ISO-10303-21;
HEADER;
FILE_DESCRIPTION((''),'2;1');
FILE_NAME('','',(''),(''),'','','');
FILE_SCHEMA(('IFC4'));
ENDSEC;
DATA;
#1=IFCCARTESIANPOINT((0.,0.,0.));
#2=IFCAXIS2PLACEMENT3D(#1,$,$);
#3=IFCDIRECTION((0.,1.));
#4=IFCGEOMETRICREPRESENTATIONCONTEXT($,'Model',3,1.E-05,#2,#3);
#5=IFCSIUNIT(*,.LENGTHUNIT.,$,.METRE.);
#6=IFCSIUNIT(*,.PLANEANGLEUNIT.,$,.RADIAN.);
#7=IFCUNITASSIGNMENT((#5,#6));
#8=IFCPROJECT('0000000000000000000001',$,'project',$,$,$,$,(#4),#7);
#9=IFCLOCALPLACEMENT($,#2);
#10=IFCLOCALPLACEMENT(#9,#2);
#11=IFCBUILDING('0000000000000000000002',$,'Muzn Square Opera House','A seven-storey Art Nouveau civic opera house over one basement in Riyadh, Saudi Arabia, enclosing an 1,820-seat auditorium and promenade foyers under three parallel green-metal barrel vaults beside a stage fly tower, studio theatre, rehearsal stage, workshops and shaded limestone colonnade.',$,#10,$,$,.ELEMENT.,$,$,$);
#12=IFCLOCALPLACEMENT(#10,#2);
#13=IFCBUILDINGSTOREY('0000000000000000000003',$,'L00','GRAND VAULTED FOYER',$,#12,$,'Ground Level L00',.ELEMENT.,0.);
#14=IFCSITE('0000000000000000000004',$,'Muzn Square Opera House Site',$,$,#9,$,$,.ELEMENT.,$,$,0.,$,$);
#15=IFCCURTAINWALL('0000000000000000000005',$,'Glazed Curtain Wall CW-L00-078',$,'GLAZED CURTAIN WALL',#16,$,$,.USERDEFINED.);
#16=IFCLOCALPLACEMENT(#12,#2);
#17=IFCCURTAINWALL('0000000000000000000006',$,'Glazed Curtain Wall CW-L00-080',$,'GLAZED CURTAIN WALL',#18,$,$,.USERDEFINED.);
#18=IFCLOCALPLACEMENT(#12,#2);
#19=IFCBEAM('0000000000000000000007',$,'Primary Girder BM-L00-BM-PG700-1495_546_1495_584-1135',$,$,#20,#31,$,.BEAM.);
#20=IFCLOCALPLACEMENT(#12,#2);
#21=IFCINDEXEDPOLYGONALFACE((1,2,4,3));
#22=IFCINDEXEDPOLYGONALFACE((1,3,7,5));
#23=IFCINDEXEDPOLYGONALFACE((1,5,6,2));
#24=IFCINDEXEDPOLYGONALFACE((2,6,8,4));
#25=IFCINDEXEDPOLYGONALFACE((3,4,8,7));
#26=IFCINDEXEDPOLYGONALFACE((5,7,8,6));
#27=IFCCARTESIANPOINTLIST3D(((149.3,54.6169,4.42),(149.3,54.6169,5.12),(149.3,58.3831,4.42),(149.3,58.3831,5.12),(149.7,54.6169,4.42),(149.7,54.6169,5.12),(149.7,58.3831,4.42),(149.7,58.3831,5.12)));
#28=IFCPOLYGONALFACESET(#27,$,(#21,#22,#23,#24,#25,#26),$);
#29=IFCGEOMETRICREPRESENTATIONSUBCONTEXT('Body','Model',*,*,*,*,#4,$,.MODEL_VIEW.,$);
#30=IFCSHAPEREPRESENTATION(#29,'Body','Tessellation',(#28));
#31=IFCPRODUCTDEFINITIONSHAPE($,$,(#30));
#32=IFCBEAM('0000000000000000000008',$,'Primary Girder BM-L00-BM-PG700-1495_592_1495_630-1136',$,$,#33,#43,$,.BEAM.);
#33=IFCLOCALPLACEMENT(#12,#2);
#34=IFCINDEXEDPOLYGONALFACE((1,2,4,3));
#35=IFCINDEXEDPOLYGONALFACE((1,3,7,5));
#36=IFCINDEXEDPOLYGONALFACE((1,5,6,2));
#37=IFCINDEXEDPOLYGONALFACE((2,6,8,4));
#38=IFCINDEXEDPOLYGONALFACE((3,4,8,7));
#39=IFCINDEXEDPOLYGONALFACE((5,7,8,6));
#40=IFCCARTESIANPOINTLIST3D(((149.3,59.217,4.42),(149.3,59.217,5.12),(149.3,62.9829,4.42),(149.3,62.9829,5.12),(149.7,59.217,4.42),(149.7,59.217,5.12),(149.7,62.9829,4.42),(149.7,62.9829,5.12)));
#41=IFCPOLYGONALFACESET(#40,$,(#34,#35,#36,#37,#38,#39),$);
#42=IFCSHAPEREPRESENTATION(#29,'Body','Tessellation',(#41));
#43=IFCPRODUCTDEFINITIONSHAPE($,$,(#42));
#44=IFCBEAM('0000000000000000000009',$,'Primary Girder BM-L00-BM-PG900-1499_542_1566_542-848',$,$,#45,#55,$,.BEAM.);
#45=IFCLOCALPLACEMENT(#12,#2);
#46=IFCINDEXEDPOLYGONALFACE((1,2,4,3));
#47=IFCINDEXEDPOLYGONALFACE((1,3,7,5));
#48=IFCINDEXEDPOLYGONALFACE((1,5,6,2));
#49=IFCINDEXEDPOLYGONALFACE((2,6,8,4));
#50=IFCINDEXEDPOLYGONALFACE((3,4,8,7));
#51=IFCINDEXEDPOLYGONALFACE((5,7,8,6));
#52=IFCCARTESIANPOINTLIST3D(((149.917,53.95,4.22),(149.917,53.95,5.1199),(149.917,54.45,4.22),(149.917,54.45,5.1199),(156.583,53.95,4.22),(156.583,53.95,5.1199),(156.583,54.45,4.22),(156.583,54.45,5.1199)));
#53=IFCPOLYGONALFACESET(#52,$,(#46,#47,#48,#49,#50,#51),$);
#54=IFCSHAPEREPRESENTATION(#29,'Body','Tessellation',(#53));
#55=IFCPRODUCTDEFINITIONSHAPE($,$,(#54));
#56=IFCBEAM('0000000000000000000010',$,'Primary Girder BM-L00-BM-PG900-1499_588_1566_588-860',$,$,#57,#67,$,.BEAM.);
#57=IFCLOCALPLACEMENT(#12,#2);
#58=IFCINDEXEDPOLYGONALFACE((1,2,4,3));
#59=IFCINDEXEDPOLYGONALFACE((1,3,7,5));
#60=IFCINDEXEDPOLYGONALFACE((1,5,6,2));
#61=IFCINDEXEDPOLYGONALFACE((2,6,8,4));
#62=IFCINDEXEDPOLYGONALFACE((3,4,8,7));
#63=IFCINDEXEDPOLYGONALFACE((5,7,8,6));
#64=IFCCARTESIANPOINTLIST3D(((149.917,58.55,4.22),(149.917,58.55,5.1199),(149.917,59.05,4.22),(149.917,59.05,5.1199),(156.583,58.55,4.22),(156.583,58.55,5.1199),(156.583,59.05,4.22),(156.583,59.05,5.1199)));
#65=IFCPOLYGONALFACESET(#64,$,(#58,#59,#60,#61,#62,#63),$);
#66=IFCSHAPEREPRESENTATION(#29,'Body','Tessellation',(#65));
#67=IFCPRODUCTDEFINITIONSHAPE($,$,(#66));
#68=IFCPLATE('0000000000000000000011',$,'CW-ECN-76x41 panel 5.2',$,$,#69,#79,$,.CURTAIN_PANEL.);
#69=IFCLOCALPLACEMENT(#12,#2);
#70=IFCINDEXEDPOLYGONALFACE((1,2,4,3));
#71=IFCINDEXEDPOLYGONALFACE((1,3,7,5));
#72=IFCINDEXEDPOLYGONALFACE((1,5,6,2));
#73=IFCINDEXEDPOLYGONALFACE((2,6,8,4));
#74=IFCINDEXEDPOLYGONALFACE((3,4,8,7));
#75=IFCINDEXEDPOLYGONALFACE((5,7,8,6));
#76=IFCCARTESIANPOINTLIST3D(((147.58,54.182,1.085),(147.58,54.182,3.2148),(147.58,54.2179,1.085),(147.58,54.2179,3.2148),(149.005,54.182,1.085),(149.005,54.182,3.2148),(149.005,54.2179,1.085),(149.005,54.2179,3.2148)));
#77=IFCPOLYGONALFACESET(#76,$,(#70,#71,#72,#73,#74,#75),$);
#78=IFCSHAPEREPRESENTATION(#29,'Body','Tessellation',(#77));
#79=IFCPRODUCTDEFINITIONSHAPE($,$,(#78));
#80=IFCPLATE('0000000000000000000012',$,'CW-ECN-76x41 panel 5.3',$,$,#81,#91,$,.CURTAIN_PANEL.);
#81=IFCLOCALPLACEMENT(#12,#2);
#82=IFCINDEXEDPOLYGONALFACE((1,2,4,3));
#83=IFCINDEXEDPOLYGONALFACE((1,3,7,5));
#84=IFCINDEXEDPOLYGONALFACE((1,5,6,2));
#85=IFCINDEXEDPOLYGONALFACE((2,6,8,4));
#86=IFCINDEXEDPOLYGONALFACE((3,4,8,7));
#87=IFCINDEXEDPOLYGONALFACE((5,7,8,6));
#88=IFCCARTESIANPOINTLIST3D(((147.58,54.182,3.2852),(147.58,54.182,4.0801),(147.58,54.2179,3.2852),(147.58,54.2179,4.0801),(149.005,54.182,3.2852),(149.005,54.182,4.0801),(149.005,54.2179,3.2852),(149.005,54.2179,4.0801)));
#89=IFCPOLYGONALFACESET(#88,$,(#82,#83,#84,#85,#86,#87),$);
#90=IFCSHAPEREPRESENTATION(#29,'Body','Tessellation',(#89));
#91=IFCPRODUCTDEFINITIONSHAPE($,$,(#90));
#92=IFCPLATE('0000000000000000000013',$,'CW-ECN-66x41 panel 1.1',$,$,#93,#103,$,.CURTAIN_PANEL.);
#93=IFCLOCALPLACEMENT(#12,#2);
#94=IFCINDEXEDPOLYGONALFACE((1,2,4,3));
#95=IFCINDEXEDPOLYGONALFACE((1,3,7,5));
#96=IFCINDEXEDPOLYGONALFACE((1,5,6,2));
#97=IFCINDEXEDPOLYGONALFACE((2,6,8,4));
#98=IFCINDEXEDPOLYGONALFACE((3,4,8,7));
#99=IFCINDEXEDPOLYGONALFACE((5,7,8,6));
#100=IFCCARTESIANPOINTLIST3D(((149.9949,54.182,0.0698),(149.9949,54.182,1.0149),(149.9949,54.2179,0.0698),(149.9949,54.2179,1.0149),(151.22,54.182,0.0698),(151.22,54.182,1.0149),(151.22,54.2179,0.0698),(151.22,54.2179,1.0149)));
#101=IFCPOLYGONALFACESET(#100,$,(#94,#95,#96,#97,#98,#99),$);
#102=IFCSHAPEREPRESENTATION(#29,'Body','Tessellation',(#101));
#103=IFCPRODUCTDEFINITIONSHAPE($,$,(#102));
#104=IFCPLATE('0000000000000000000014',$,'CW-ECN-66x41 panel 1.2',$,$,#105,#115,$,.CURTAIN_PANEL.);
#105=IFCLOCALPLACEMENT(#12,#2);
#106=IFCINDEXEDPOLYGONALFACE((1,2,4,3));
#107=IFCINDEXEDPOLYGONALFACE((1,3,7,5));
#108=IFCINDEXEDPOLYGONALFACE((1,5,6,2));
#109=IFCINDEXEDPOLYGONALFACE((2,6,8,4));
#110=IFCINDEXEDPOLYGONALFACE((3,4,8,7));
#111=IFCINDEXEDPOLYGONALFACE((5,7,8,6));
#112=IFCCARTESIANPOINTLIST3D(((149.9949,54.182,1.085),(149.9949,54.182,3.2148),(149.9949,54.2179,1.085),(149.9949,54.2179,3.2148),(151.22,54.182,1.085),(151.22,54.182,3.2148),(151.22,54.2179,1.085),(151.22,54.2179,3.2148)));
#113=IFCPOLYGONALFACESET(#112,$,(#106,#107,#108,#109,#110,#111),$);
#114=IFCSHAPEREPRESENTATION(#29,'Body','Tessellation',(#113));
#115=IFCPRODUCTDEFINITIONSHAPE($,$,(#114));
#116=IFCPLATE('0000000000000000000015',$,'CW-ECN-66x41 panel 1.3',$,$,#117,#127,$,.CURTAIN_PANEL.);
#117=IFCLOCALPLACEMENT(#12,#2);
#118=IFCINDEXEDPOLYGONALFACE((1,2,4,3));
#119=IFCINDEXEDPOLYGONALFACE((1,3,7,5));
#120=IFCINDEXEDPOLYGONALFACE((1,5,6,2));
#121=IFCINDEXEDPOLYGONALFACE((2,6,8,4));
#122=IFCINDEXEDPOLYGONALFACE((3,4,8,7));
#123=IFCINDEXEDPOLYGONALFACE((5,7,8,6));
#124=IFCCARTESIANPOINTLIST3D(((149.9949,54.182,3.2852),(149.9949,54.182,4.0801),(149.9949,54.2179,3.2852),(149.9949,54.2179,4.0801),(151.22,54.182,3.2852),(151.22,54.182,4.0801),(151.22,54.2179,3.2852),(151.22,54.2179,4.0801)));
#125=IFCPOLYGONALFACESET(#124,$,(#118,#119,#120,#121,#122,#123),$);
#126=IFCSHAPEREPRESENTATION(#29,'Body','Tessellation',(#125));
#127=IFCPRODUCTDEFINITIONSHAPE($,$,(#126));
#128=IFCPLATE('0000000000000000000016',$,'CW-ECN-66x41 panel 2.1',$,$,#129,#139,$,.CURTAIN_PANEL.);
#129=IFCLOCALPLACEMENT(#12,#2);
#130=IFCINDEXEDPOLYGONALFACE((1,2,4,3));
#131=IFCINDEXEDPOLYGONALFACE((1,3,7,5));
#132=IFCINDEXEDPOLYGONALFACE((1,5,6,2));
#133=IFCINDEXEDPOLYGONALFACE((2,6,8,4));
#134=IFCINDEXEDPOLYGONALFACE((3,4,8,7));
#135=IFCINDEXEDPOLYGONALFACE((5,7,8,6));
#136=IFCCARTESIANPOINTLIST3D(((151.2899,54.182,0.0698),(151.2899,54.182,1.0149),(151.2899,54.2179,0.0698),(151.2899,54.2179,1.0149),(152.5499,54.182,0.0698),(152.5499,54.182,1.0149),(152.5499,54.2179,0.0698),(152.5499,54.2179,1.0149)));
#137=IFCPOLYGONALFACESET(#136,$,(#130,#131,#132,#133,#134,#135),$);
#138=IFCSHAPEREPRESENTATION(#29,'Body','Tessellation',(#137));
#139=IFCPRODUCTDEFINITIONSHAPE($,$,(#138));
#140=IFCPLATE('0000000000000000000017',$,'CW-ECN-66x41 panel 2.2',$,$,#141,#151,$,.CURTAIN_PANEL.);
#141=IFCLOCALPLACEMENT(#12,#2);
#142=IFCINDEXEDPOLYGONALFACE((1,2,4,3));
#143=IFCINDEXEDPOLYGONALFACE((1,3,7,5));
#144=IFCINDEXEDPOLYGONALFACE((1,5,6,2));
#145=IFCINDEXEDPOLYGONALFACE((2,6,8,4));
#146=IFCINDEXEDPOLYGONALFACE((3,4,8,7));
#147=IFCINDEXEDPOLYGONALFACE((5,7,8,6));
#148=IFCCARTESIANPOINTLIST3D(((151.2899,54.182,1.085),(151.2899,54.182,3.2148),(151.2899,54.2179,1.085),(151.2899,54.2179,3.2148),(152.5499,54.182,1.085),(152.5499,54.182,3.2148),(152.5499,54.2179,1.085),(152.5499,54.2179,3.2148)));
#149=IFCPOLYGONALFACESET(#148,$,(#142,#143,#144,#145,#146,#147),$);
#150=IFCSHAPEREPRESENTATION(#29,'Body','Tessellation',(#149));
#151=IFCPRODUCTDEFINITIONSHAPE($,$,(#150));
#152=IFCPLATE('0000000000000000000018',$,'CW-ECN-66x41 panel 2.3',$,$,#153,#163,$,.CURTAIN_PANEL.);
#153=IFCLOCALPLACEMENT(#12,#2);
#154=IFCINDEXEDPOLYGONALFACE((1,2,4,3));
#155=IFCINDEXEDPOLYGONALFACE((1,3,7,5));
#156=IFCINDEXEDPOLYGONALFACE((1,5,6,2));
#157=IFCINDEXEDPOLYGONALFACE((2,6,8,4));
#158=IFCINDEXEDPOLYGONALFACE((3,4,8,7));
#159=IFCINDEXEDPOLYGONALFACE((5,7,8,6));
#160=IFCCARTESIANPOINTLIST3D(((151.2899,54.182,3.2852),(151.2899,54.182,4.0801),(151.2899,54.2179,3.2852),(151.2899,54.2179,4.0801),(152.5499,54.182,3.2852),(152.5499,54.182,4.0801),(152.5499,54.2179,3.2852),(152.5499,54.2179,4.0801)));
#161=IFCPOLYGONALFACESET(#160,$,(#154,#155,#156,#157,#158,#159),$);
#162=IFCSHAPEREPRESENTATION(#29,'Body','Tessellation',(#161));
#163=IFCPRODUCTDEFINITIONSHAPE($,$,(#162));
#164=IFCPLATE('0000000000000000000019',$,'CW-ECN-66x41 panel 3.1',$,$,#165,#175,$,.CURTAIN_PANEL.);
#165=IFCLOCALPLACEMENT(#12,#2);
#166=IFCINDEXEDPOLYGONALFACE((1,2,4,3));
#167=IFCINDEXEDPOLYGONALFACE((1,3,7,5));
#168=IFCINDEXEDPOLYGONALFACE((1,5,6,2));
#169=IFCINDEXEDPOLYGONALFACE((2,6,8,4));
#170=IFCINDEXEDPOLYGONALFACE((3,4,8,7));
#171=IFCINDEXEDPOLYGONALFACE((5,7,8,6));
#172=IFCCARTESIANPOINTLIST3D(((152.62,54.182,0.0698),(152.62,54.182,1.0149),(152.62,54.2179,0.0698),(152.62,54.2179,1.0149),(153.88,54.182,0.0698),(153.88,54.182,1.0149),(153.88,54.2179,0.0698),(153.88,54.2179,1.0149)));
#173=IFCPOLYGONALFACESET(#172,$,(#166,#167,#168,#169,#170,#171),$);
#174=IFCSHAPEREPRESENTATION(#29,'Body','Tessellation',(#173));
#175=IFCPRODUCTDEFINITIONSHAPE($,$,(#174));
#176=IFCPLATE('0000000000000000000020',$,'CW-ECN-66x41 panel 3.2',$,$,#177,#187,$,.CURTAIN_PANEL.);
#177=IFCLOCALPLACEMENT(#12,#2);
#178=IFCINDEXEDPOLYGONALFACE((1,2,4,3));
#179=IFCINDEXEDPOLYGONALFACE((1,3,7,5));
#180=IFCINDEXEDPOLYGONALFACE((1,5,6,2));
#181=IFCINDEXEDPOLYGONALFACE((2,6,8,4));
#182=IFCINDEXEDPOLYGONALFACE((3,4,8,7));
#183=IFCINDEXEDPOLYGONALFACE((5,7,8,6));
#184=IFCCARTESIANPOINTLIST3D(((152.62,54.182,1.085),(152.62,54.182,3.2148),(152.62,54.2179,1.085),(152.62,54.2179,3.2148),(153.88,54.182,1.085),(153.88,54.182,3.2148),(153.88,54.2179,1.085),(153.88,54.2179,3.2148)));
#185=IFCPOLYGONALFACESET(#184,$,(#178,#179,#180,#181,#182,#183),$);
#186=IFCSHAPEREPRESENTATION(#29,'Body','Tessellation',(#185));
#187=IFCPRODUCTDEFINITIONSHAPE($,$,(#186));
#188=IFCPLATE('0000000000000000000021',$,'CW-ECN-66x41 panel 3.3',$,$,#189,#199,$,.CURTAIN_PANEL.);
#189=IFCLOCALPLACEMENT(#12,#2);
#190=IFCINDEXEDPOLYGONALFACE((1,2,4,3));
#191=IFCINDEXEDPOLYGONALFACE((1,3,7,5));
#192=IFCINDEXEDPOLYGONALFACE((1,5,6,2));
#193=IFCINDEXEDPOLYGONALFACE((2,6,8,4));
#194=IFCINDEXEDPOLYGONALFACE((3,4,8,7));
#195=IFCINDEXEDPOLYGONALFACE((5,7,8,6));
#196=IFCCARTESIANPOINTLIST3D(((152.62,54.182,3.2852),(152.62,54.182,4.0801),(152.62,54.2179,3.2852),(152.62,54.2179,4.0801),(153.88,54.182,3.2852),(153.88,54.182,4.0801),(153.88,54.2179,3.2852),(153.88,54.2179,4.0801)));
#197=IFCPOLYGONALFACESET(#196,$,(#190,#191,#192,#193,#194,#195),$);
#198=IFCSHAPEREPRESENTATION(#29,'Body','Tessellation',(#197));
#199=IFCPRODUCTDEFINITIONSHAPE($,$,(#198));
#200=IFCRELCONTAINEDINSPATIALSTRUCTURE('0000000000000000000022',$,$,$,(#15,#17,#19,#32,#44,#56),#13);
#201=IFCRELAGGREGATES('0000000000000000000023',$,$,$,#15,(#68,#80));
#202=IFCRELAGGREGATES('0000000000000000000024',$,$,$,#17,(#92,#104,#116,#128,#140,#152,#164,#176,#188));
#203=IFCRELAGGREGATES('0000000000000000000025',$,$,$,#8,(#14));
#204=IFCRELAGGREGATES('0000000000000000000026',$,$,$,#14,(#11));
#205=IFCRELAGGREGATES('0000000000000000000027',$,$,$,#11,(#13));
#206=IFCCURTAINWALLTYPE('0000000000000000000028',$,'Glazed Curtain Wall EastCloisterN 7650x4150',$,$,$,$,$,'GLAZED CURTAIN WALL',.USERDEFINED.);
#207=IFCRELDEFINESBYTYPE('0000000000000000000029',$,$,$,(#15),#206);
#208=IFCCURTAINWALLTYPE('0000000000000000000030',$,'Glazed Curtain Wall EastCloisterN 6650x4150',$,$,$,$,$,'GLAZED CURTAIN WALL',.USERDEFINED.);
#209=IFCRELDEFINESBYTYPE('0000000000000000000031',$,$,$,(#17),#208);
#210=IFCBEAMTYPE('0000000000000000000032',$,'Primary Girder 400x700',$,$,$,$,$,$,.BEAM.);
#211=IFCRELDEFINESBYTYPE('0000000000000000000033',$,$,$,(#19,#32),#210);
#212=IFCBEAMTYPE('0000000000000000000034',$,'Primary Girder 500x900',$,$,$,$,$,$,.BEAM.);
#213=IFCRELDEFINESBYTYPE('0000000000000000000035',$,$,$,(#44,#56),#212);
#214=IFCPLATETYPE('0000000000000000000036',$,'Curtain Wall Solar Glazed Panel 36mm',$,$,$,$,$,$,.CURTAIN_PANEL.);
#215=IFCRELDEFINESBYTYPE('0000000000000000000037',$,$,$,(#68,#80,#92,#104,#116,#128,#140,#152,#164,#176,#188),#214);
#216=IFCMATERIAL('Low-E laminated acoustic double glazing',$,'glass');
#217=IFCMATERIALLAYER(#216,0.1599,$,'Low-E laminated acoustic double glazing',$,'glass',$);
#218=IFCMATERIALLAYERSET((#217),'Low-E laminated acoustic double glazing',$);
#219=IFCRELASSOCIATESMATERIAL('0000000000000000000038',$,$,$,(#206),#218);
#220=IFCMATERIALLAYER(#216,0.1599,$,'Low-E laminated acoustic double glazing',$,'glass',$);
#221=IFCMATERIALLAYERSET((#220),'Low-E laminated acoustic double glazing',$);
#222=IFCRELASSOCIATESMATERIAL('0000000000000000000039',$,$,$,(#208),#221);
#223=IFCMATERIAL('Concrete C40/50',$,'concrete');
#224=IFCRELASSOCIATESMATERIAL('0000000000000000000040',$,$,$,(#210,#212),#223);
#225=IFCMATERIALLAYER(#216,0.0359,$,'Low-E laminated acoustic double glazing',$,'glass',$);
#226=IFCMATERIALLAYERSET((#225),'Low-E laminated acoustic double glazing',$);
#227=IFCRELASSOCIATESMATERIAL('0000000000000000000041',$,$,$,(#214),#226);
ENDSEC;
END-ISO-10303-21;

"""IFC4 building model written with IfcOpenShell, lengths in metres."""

from ifc_helpers import new_model, si_unit, direction, frame, origin, origin_2d, place, context, subcontext, project, spatial, rectangle, extrude, material, layer, layer_set, material_profile, profile_set, type_object, element, aggregate, save


model = new_model("IFC4")

# Units and contexts
model_context = context("Model", 3, precision=1e-05, world=origin(), true_north=direction((0.0, 1.0)))
body_context = subcontext(model_context, "Body", "Model", "MODEL_VIEW")
ifc_project = project(units=[si_unit("LENGTHUNIT", "METRE"), si_unit("PLANEANGLEUNIT", "RADIAN")], contexts=[model_context])

# Site, building, storey
site_placement = place(None, origin())
site = spatial("IfcSite", under=ifc_project, at=site_placement, Name="Muzn Square Opera House Site", CompositionType="ELEMENT", RefElevation=0.0)
building_placement = place(site_placement, origin())
building = spatial("IfcBuilding", under=site, at=building_placement, Name="Muzn Square Opera House", Description="A seven-storey Art Nouveau civic opera house over one basement in Riyadh, Saudi Arabia, enclosing an 1,820-seat auditorium and promenade foyers under three parallel green-metal barrel vaults beside a stage fly tower, studio theatre, rehearsal stage, workshops and shaded limestone colonnade.", CompositionType="ELEMENT")
storey_placement = place(building_placement, origin())
storey = spatial("IfcBuildingStorey", under=building, at=storey_placement, Name="L00", Description="GRAND VAULTED FOYER", LongName="Ground Level L00", CompositionType="ELEMENT", Elevation=0.0)

# Curtain wall
ifc_material_1 = material(Name="Low-E laminated acoustic double glazing", Category="glass")
ifc_layer_1 = layer(ifc_material_1, 0.1599, Name="Low-E laminated acoustic double glazing", Category="glass")
ifc_layer_set_1 = layer_set([ifc_layer_1], Name="Low-E laminated acoustic double glazing")
curtain_wall_type_1 = type_object("IfcCurtainWallType", Name="Glazed Curtain Wall EastCloisterN 7650x4150", ElementType="GLAZED CURTAIN WALL", PredefinedType="USERDEFINED", material=ifc_layer_set_1)
curtain_wall_1_placement = place(storey_placement, origin())
curtain_wall_1 = element("IfcCurtainWall", 1, at=curtain_wall_1_placement, inside=storey, type_object=curtain_wall_type_1, Name="Glazed Curtain Wall CW-L00-078", ObjectType="GLAZED CURTAIN WALL", PredefinedType="USERDEFINED")

# Curtain wall
ifc_layer_2 = layer(ifc_material_1, 0.1599, Name="Low-E laminated acoustic double glazing", Category="glass")
ifc_layer_set_2 = layer_set([ifc_layer_2], Name="Low-E laminated acoustic double glazing")
curtain_wall_type_2 = type_object("IfcCurtainWallType", Name="Glazed Curtain Wall EastCloisterN 6650x4150", ElementType="GLAZED CURTAIN WALL", PredefinedType="USERDEFINED", material=ifc_layer_set_2)
curtain_wall_2_placement = place(storey_placement, origin())
curtain_wall_2 = element("IfcCurtainWall", 2, at=curtain_wall_2_placement, inside=storey, type_object=curtain_wall_type_2, Name="Glazed Curtain Wall CW-L00-080", ObjectType="GLAZED CURTAIN WALL", PredefinedType="USERDEFINED")

# Beams
ifc_material_2 = material(Name="Concrete C40/50", Category="concrete")
ifc_material_profile_1 = material_profile(ifc_material_2, rectangle(XDim=0.3999, YDim=0.7, at=origin_2d()), Name="RCB 400x700", Category="concrete")
ifc_profile_set_1 = profile_set([ifc_material_profile_1], Name="Concrete C40/50")
beam_type_1 = type_object("IfcBeamType", Name="Primary Girder 400x700", PredefinedType="BEAM", material=ifc_profile_set_1)
beam_1_placement = place(storey_placement, frame((149.5, 54.6169, 4.77), z_axis=(0.0, 1.0, 0.0), x_axis=(-1.0, 0.0, 0.0)))
element("IfcBeam", 3, at=beam_1_placement, inside=storey, type_object=beam_type_1, Name="Primary Girder BM-L00-BM-PG700-1495_546_1495_584-1135", PredefinedType="BEAM", context=body_context, shape_type="SweptSolid", body=[
    extrude(rectangle(XDim=0.3999, YDim=0.7, at=origin_2d()), origin(), (0.0, 0.0, 1.0), 3.7661),
])
beam_2_placement = place(storey_placement, frame((149.5, 59.217, 4.77), z_axis=(0.0, 1.0, 0.0), x_axis=(-1.0, 0.0, 0.0)))
element("IfcBeam", 4, at=beam_2_placement, inside=storey, type_object=beam_type_1, Name="Primary Girder BM-L00-BM-PG700-1495_592_1495_630-1136", PredefinedType="BEAM", context=body_context, shape_type="SweptSolid", body=[
    extrude(rectangle(XDim=0.3999, YDim=0.7, at=origin_2d()), origin(), (0.0, 0.0, 1.0), 3.7659),
])
ifc_material_profile_2 = material_profile(ifc_material_2, rectangle(XDim=0.5, YDim=0.8999, at=origin_2d()), Name="RCB 500x900", Category="concrete")
ifc_profile_set_2 = profile_set([ifc_material_profile_2], Name="Concrete C40/50")
beam_type_2 = type_object("IfcBeamType", Name="Primary Girder 500x900", PredefinedType="BEAM", material=ifc_profile_set_2)
for number, where, z_axis, x_axis, name in (
    (5, (149.917, 54.2, 4.6699), (1.0, 0.0, 0.0), (0.0, 1.0, 0.0), "Primary Girder BM-L00-BM-PG900-1499_542_1566_542-848"),
    (6, (149.917, 58.8, 4.6699), (1.0, 0.0, 0.0), (0.0, 1.0, 0.0), "Primary Girder BM-L00-BM-PG900-1499_588_1566_588-860"),
):
    element("IfcBeam", number, at=place(storey_placement, frame(where, z_axis=z_axis, x_axis=x_axis)), inside=storey, type_object=beam_type_2, Name=name, PredefinedType="BEAM", context=body_context, shape_type="SweptSolid", body=[
        extrude(rectangle(XDim=0.5, YDim=0.8999, at=origin_2d()), origin(), (0.0, 0.0, 1.0), 6.666),
    ])

# Plates
ifc_layer_3 = layer(ifc_material_1, 0.0359, Name="Low-E laminated acoustic double glazing", Category="glass")
ifc_layer_set_3 = layer_set([ifc_layer_3], Name="Low-E laminated acoustic double glazing")
plate_type = type_object("IfcPlateType", Name="Curtain Wall Solar Glazed Panel 36mm", PredefinedType="CURTAIN_PANEL", material=ifc_layer_set_3)
plate_1_placement = place(storey_placement, frame((148.2925, 54.2, 1.085), z_axis=(0.0, 0.0, 1.0), x_axis=(1.0, 0.0, 0.0)))
plate_1 = element("IfcPlate", 7, at=plate_1_placement, type_object=plate_type, Name="CW-ECN-76x41 panel 5.2", PredefinedType="CURTAIN_PANEL", context=body_context, shape_type="SweptSolid", body=[
    extrude(rectangle(XDim=1.425, YDim=0.0359, at=origin_2d()), origin(), (0.0, 0.0, 1.0), 2.1299),
])
plate_2_placement = place(storey_placement, frame((148.2925, 54.2, 3.2852), z_axis=(0.0, 0.0, 1.0), x_axis=(1.0, 0.0, 0.0)))
plate_2 = element("IfcPlate", 8, at=plate_2_placement, type_object=plate_type, Name="CW-ECN-76x41 panel 5.3", PredefinedType="CURTAIN_PANEL", context=body_context, shape_type="SweptSolid", body=[
    extrude(rectangle(XDim=1.425, YDim=0.0359, at=origin_2d()), origin(), (0.0, 0.0, 1.0), 0.7949),
])
aggregate(curtain_wall_1, [plate_1, plate_2])
plate_3_placement = place(storey_placement, frame((150.6074, 54.2, 0.0698), z_axis=(0.0, 0.0, 1.0), x_axis=(1.0, 0.0, 0.0)))
plate_3 = element("IfcPlate", 9, at=plate_3_placement, type_object=plate_type, Name="CW-ECN-66x41 panel 1.1", PredefinedType="CURTAIN_PANEL", context=body_context, shape_type="SweptSolid", body=[
    extrude(rectangle(XDim=1.2251, YDim=0.0359, at=origin_2d()), origin(), (0.0, 0.0, 1.0), 0.9451),
])
plate_4_placement = place(storey_placement, frame((150.6074, 54.2, 1.085), z_axis=(0.0, 0.0, 1.0), x_axis=(1.0, 0.0, 0.0)))
plate_4 = element("IfcPlate", 10, at=plate_4_placement, type_object=plate_type, Name="CW-ECN-66x41 panel 1.2", PredefinedType="CURTAIN_PANEL", context=body_context, shape_type="SweptSolid", body=[
    extrude(rectangle(XDim=1.2251, YDim=0.0359, at=origin_2d()), origin(), (0.0, 0.0, 1.0), 2.1299),
])
plate_5_placement = place(storey_placement, frame((150.6074, 54.2, 3.2852), z_axis=(0.0, 0.0, 1.0), x_axis=(1.0, 0.0, 0.0)))
plate_5 = element("IfcPlate", 11, at=plate_5_placement, type_object=plate_type, Name="CW-ECN-66x41 panel 1.3", PredefinedType="CURTAIN_PANEL", context=body_context, shape_type="SweptSolid", body=[
    extrude(rectangle(XDim=1.2251, YDim=0.0359, at=origin_2d()), origin(), (0.0, 0.0, 1.0), 0.7949),
])
plate_6_placement = place(storey_placement, frame((151.9199, 54.2, 0.0698), z_axis=(0.0, 0.0, 1.0), x_axis=(1.0, 0.0, 0.0)))
plate_6 = element("IfcPlate", 12, at=plate_6_placement, type_object=plate_type, Name="CW-ECN-66x41 panel 2.1", PredefinedType="CURTAIN_PANEL", context=body_context, shape_type="SweptSolid", body=[
    extrude(rectangle(XDim=1.26, YDim=0.0359, at=origin_2d()), origin(), (0.0, 0.0, 1.0), 0.9451),
])
plate_7_placement = place(storey_placement, frame((151.9199, 54.2, 1.085), z_axis=(0.0, 0.0, 1.0), x_axis=(1.0, 0.0, 0.0)))
plate_7 = element("IfcPlate", 13, at=plate_7_placement, type_object=plate_type, Name="CW-ECN-66x41 panel 2.2", PredefinedType="CURTAIN_PANEL", context=body_context, shape_type="SweptSolid", body=[
    extrude(rectangle(XDim=1.26, YDim=0.0359, at=origin_2d()), origin(), (0.0, 0.0, 1.0), 2.1299),
])
plate_8_placement = place(storey_placement, frame((151.9199, 54.2, 3.2852), z_axis=(0.0, 0.0, 1.0), x_axis=(1.0, 0.0, 0.0)))
plate_8 = element("IfcPlate", 14, at=plate_8_placement, type_object=plate_type, Name="CW-ECN-66x41 panel 2.3", PredefinedType="CURTAIN_PANEL", context=body_context, shape_type="SweptSolid", body=[
    extrude(rectangle(XDim=1.26, YDim=0.0359, at=origin_2d()), origin(), (0.0, 0.0, 1.0), 0.7949),
])
plate_9_placement = place(storey_placement, frame((153.25, 54.2, 0.0698), z_axis=(0.0, 0.0, 1.0), x_axis=(1.0, 0.0, 0.0)))
plate_9 = element("IfcPlate", 15, at=plate_9_placement, type_object=plate_type, Name="CW-ECN-66x41 panel 3.1", PredefinedType="CURTAIN_PANEL", context=body_context, shape_type="SweptSolid", body=[
    extrude(rectangle(XDim=1.26, YDim=0.0359, at=origin_2d()), origin(), (0.0, 0.0, 1.0), 0.9451),
])
plate_10_placement = place(storey_placement, frame((153.25, 54.2, 1.085), z_axis=(0.0, 0.0, 1.0), x_axis=(1.0, 0.0, 0.0)))
plate_10 = element("IfcPlate", 16, at=plate_10_placement, type_object=plate_type, Name="CW-ECN-66x41 panel 3.2", PredefinedType="CURTAIN_PANEL", context=body_context, shape_type="SweptSolid", body=[
    extrude(rectangle(XDim=1.26, YDim=0.0359, at=origin_2d()), origin(), (0.0, 0.0, 1.0), 2.1299),
])
plate_11_placement = place(storey_placement, frame((153.25, 54.2, 3.2852), z_axis=(0.0, 0.0, 1.0), x_axis=(1.0, 0.0, 0.0)))
plate_11 = element("IfcPlate", 17, at=plate_11_placement, type_object=plate_type, Name="CW-ECN-66x41 panel 3.3", PredefinedType="CURTAIN_PANEL", context=body_context, shape_type="SweptSolid", body=[
    extrude(rectangle(XDim=1.26, YDim=0.0359, at=origin_2d()), origin(), (0.0, 0.0, 1.0), 0.7949),
])
aggregate(curtain_wall_2, [plate_3, plate_4, plate_5, plate_6, plate_7, plate_8, plate_9, plate_10, plate_11])

save(model, "model.ifc")
